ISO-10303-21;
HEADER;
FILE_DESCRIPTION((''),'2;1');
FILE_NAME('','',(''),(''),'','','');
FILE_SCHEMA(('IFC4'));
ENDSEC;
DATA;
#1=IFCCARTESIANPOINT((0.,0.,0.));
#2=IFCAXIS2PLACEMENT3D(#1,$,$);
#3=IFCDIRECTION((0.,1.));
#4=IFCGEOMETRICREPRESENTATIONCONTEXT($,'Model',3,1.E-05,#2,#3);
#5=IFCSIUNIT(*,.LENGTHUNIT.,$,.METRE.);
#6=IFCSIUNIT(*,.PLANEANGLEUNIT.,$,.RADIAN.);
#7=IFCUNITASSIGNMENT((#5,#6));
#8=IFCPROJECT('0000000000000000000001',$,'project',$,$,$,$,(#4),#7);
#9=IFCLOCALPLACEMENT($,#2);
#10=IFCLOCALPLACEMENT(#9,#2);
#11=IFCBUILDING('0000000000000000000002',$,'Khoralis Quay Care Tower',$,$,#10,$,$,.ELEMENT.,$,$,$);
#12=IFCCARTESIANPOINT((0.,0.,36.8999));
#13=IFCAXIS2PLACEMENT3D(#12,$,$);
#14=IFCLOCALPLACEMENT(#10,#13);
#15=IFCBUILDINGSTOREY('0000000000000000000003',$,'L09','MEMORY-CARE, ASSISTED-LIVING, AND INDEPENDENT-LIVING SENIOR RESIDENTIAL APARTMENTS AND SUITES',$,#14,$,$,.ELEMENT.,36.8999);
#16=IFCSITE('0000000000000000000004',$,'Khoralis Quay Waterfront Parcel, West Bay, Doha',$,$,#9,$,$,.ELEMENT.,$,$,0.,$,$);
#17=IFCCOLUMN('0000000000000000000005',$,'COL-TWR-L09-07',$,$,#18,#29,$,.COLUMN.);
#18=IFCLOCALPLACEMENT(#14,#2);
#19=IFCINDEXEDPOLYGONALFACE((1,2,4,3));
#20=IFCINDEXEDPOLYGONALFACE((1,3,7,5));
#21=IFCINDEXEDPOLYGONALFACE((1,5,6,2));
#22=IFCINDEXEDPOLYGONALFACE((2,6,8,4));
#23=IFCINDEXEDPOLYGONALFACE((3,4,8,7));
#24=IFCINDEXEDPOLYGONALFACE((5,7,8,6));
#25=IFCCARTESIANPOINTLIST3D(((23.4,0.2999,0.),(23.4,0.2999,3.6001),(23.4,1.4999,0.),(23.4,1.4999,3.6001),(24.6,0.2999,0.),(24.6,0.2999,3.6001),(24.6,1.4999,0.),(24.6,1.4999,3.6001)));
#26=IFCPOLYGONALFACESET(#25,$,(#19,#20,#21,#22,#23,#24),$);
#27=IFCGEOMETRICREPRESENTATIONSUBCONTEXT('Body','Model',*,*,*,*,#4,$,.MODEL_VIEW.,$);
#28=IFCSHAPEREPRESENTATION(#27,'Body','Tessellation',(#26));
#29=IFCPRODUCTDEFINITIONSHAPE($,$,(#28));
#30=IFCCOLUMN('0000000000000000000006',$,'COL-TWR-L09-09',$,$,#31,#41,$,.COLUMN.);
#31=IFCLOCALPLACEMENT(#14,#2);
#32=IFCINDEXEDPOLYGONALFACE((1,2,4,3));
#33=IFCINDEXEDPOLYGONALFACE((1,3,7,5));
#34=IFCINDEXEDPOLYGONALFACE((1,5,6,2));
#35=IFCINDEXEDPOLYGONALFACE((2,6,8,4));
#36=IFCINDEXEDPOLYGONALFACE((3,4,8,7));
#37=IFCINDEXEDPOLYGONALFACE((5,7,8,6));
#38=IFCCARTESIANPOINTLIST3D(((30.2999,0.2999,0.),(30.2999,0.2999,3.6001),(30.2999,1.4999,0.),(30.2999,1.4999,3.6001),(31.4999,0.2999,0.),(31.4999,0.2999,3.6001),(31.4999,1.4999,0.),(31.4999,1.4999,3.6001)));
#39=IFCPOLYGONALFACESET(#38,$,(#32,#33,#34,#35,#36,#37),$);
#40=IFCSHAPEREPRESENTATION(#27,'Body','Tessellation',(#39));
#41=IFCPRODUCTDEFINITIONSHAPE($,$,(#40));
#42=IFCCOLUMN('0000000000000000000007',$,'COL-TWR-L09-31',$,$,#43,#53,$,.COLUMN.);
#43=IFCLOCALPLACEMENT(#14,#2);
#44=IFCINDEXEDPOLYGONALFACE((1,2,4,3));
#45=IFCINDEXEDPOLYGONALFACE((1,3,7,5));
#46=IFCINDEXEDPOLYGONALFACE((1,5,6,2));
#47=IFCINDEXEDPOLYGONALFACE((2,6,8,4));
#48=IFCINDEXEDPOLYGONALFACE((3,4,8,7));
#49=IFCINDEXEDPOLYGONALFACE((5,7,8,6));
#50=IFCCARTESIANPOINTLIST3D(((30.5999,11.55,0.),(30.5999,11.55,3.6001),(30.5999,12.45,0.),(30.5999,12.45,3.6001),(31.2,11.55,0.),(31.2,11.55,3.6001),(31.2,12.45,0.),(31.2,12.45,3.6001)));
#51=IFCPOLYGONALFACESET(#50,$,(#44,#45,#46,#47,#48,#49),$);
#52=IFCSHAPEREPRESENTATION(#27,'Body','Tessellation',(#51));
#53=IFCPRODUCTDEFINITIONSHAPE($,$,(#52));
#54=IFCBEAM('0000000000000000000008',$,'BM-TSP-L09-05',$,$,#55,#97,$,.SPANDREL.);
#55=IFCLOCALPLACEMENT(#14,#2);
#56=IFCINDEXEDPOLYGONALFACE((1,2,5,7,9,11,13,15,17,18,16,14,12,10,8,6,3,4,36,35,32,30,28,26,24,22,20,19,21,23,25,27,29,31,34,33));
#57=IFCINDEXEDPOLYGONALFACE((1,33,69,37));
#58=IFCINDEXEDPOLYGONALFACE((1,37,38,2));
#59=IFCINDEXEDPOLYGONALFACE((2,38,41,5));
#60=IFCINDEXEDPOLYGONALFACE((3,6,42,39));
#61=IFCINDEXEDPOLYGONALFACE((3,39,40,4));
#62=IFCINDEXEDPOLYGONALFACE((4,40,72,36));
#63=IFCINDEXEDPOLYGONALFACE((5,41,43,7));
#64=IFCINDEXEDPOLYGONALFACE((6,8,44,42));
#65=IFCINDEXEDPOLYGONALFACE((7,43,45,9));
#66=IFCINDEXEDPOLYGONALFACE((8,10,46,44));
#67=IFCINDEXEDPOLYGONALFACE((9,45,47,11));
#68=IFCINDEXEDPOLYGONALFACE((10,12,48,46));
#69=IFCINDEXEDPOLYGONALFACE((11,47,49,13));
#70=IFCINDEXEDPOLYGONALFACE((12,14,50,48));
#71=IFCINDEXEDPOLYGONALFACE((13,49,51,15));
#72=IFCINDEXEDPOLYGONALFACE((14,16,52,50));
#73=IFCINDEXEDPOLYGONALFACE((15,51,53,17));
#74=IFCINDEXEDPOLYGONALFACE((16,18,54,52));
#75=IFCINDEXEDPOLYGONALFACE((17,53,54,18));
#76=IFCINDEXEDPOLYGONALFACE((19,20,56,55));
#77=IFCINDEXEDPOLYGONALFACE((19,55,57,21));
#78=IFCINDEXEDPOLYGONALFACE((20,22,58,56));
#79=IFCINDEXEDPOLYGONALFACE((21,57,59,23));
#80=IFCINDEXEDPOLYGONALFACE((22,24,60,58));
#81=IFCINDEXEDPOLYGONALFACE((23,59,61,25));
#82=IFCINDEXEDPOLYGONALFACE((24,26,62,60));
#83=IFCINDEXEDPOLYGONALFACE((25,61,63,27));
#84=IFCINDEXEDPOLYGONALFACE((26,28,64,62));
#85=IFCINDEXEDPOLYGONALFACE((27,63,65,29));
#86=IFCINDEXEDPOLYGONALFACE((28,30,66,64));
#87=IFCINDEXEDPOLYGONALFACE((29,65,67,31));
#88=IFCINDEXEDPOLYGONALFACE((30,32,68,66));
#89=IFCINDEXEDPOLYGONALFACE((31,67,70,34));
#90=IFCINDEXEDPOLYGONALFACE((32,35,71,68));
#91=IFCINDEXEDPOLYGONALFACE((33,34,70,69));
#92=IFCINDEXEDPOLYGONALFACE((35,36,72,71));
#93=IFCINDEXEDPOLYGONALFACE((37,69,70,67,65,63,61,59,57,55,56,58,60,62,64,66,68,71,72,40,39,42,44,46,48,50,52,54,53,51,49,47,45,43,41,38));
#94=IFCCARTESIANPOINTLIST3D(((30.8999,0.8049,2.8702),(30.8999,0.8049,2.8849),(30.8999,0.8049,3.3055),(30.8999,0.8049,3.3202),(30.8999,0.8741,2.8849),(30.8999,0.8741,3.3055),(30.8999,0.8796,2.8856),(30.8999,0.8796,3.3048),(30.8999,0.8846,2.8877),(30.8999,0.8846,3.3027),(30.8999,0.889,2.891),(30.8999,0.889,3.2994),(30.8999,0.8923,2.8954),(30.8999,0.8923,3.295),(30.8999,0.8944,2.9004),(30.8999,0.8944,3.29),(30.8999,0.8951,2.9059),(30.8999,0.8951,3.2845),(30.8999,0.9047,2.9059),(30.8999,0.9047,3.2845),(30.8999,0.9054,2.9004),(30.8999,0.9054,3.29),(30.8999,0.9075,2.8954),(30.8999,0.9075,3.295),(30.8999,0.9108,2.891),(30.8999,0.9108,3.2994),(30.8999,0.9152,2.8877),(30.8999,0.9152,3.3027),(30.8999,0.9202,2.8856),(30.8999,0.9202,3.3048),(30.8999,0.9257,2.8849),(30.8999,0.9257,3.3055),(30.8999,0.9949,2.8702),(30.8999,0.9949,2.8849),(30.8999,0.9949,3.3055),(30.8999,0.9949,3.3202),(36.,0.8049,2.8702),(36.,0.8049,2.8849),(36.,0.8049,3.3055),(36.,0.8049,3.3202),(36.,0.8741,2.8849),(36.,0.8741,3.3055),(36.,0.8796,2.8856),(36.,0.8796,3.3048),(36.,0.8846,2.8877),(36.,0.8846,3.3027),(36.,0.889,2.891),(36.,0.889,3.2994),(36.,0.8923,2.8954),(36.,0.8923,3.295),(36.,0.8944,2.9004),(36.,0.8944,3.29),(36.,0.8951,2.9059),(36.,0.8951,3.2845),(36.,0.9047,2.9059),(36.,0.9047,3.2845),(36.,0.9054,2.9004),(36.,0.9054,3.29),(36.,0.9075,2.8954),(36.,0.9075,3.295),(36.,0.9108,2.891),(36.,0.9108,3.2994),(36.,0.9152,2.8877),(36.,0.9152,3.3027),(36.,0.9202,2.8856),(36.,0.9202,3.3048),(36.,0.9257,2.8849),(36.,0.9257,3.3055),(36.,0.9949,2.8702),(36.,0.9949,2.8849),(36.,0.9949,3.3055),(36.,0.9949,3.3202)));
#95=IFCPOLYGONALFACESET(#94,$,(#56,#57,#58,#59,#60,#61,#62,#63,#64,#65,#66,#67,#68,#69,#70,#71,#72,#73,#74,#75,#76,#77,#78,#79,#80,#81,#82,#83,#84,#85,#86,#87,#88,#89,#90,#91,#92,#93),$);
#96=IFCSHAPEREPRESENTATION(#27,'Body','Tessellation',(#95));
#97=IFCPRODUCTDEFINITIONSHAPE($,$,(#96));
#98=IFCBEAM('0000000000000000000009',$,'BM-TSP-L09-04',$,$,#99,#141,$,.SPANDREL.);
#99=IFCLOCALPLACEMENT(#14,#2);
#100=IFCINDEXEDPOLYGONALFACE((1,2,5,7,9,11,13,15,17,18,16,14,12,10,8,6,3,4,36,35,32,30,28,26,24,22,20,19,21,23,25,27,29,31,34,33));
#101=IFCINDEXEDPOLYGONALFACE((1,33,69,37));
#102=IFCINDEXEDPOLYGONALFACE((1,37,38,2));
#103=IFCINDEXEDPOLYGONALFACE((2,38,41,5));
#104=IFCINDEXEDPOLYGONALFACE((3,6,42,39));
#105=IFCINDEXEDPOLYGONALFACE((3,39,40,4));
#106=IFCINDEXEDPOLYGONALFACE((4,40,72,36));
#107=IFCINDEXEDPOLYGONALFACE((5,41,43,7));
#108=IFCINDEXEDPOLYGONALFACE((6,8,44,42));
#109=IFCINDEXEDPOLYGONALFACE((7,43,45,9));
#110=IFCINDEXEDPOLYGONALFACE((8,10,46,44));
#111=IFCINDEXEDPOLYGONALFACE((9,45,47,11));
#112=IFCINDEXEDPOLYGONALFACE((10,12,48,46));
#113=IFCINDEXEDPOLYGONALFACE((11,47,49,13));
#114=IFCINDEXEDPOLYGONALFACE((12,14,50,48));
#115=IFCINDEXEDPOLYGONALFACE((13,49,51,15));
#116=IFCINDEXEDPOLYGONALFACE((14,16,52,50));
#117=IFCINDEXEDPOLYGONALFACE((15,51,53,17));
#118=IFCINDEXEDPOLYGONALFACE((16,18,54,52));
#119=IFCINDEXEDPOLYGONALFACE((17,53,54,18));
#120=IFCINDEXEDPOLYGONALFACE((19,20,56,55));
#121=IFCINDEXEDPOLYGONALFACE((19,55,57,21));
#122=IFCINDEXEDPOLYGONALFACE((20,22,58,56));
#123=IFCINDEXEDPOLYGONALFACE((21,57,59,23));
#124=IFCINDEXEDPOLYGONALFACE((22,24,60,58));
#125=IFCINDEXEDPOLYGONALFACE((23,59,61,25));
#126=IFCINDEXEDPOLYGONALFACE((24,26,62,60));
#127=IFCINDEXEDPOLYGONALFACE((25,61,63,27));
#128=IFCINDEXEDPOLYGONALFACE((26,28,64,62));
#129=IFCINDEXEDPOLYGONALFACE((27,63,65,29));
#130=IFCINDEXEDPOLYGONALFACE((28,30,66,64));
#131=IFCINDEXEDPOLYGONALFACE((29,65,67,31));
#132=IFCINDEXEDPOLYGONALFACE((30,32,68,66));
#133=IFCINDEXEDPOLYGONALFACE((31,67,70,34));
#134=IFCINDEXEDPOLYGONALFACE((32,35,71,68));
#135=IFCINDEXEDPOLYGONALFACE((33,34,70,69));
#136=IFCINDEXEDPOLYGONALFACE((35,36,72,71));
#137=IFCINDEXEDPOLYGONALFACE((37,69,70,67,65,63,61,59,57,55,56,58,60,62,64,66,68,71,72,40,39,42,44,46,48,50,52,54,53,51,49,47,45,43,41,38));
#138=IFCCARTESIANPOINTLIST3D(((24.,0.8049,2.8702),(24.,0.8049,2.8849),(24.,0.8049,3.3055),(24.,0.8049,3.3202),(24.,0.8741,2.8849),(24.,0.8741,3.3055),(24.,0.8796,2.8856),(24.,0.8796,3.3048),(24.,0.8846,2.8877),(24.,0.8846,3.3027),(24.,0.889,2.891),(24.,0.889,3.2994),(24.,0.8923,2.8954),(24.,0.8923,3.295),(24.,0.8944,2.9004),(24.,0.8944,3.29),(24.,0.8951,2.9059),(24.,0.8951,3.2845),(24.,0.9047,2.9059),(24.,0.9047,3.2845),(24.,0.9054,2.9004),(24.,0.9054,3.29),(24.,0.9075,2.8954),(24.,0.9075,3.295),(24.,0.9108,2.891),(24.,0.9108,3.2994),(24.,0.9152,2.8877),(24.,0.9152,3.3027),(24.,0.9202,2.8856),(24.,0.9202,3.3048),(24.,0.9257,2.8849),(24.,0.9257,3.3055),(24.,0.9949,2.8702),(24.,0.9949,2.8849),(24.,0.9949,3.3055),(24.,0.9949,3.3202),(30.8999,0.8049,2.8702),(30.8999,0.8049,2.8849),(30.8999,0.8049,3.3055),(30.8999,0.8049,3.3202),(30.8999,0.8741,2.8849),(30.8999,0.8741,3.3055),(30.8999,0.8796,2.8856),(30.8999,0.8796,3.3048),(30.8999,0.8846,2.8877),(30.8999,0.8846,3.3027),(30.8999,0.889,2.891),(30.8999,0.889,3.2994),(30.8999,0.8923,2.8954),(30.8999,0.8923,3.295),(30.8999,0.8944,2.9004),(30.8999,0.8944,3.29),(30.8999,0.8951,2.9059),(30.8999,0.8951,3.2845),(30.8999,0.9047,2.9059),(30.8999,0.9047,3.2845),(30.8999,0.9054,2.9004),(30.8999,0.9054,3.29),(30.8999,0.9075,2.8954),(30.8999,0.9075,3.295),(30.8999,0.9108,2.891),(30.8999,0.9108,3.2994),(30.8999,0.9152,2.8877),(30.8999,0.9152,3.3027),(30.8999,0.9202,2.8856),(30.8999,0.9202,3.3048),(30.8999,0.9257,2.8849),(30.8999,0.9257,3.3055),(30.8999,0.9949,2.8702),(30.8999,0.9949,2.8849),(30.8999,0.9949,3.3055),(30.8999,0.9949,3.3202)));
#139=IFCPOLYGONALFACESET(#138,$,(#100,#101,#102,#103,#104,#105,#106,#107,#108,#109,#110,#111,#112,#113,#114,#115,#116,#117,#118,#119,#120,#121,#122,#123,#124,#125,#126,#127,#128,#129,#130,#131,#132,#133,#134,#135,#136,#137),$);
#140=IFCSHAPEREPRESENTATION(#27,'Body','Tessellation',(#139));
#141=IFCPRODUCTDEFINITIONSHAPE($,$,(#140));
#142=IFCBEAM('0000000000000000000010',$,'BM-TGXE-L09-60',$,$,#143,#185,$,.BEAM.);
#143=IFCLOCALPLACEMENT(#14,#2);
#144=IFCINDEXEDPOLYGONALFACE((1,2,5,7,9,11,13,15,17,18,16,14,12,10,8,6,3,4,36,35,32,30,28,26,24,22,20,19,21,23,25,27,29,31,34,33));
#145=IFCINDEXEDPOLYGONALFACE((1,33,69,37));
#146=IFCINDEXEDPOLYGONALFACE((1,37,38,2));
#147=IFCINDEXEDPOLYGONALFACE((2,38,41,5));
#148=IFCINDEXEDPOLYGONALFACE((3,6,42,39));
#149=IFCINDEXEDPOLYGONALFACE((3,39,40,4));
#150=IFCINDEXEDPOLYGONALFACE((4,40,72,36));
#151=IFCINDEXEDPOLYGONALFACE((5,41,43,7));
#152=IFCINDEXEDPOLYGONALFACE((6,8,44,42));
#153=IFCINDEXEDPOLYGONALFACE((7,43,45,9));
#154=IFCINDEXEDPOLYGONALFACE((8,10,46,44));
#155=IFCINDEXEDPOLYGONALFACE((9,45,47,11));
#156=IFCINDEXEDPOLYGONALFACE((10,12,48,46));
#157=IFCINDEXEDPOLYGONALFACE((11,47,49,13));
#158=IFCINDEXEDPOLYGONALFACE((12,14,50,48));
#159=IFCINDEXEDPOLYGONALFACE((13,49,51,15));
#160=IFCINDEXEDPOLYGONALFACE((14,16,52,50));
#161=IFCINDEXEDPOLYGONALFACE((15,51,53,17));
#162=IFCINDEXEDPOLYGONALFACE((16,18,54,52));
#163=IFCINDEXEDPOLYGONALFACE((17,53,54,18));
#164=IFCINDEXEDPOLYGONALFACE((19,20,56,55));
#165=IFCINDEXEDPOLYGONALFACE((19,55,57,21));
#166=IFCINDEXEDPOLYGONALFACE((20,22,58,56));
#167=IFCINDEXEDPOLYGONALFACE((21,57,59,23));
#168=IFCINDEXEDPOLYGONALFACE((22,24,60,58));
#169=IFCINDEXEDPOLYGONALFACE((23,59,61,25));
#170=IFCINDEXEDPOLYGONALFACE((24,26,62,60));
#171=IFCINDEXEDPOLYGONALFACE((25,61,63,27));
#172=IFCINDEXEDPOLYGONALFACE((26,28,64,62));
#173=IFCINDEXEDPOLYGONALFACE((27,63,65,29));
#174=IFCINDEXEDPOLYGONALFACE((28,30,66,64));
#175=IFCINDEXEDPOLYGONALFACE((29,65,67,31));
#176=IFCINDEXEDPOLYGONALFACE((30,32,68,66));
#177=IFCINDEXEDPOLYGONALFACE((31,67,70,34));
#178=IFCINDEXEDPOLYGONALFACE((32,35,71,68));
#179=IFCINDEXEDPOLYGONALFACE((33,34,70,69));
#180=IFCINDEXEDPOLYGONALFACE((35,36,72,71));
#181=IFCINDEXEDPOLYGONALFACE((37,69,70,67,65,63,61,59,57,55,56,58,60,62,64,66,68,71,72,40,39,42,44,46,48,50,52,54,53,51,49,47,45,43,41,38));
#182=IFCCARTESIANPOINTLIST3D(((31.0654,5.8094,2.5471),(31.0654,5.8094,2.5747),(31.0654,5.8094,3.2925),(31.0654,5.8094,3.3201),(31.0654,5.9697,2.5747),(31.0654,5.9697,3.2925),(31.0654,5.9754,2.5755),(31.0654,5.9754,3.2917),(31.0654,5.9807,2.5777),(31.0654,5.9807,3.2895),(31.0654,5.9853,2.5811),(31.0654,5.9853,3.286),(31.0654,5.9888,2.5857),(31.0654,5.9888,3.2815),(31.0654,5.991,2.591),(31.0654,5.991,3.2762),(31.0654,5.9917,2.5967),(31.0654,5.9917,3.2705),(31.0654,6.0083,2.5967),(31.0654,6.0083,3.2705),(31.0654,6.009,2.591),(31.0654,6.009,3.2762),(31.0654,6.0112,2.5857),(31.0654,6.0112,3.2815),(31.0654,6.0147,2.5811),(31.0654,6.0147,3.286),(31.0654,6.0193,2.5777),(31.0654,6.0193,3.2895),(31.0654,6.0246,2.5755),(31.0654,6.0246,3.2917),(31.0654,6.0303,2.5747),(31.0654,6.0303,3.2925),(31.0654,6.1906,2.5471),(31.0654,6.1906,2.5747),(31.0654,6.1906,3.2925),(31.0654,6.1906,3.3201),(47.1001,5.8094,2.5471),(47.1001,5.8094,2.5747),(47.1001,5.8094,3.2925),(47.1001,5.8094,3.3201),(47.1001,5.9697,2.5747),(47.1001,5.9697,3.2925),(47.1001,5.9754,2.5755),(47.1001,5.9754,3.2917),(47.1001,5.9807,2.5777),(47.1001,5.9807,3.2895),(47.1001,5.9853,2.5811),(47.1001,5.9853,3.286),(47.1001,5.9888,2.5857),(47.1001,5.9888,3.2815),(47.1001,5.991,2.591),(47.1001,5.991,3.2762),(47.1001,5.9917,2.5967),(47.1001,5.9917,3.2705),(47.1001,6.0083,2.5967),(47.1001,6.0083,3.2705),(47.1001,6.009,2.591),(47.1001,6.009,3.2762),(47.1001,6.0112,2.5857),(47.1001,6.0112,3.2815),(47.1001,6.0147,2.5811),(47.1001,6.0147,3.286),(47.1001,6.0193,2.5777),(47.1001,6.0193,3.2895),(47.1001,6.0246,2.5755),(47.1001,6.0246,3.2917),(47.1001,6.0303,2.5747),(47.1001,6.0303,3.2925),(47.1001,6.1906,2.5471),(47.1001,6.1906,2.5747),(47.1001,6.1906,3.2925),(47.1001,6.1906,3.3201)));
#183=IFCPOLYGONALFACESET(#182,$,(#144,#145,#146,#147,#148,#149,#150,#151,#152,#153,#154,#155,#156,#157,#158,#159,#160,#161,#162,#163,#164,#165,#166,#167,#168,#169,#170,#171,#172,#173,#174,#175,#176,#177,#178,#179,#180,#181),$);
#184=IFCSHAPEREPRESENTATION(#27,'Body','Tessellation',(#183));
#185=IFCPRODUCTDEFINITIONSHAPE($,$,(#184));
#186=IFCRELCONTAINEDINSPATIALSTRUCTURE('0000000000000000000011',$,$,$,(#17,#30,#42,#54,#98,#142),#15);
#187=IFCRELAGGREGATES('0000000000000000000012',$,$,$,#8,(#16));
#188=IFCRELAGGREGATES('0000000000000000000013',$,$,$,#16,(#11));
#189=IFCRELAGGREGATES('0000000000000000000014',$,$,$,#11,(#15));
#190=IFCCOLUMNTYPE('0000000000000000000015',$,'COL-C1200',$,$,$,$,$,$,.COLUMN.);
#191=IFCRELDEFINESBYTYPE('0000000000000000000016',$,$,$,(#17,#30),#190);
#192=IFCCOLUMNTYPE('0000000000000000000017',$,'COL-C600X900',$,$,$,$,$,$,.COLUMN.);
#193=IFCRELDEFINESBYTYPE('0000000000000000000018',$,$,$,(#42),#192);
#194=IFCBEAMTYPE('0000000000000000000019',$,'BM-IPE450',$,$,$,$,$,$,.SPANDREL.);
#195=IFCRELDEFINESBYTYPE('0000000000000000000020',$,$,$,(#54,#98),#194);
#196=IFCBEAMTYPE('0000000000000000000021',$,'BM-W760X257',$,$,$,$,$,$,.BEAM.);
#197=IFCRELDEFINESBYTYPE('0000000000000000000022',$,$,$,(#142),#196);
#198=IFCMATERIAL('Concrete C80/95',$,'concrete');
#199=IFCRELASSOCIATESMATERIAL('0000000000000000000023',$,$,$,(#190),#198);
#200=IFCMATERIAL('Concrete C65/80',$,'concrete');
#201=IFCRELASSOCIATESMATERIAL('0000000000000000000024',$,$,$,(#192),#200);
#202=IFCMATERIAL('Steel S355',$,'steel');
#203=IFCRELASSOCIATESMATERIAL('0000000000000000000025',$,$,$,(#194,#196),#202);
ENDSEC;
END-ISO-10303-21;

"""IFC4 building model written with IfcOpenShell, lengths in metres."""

from ifc_helpers import new_model, si_unit, direction, frame, origin, origin_2d, place, context, subcontext, project, spatial, rectangle, i_section, extrude, source, transform, mapped, material, material_profile, profile_set, type_object, element, save


model = new_model("IFC4")

# Units and contexts
model_context = context("Model", 3, precision=1e-05, world=origin(), true_north=direction((0.0, 1.0)))
body_context = subcontext(model_context, "Body", "Model", "MODEL_VIEW")
ifc_project = project(units=[si_unit("LENGTHUNIT", "METRE"), si_unit("PLANEANGLEUNIT", "RADIAN")], contexts=[model_context])

# Site, building, storey
site_placement = place(None, origin())
site = spatial("IfcSite", under=ifc_project, at=site_placement, Name="Khoralis Quay Waterfront Parcel, West Bay, Doha", CompositionType="ELEMENT", RefElevation=0.0)
building_placement = place(site_placement, origin())
building = spatial("IfcBuilding", under=site, at=building_placement, Name="Khoralis Quay Care Tower", CompositionType="ELEMENT")
storey_placement = place(building_placement, frame((0.0, 0.0, 36.8999)))
storey = spatial("IfcBuildingStorey", under=building, at=storey_placement, Name="L09", Description="MEMORY-CARE, ASSISTED-LIVING, AND INDEPENDENT-LIVING SENIOR RESIDENTIAL APARTMENTS AND SUITES", CompositionType="ELEMENT", Elevation=36.8999)

# Columns
ifc_material_1 = material(Name="Concrete C80/95", Category="concrete")
ifc_material_profile_1 = material_profile(ifc_material_1, rectangle(XDim=1.2, YDim=1.2, at=origin_2d()), Name="Concrete C80/95")
ifc_profile_set_1 = profile_set([ifc_material_profile_1], Name="Concrete C80/95")
column_type_1 = type_object("IfcColumnType", Name="COL-C1200", PredefinedType="COLUMN", material=ifc_profile_set_1)
shared_shape_1 = source(origin(), body_context, "Body", "SweptSolid", [
    extrude(rectangle(XDim=1.2, YDim=1.2, at=origin_2d()), origin(), (0.0, 0.0, 1.0), 3.6001),
])
for number, where, z_axis, x_axis, name in (
    (1, (24.0, 0.8999, 0.0), (0.0, 0.0, 1.0), (1.0, 0.0, 0.0), "COL-TWR-L09-07"),
    (2, (30.8999, 0.8999, 0.0), (0.0, 0.0, 1.0), (1.0, 0.0, 0.0), "COL-TWR-L09-09"),
):
    element("IfcColumn", number, at=place(storey_placement, frame(where, z_axis=z_axis, x_axis=x_axis)), inside=storey, type_object=column_type_1, Name=name, PredefinedType="COLUMN", context=body_context, shape_type="MappedRepresentation", body=[
        mapped(shared_shape_1, transform((0.0, 0.0, 0.0), scale=1.0)),
    ])
ifc_material_2 = material(Name="Concrete C65/80", Category="concrete")
ifc_material_profile_2 = material_profile(ifc_material_2, rectangle(XDim=0.6001, YDim=0.8999, at=origin_2d()), Name="Concrete C65/80")
ifc_profile_set_2 = profile_set([ifc_material_profile_2], Name="Concrete C65/80")
column_type_2 = type_object("IfcColumnType", Name="COL-C600X900", PredefinedType="COLUMN", material=ifc_profile_set_2)
shared_shape_2 = source(origin(), body_context, "Body", "SweptSolid", [
    extrude(rectangle(XDim=0.6001, YDim=0.8999, at=origin_2d()), origin(), (0.0, 0.0, 1.0), 3.6001),
])
column_placement = place(storey_placement, frame((30.8999, 12.0, 0.0), z_axis=(0.0, 0.0, 1.0), x_axis=(1.0, 0.0, 0.0)))
element("IfcColumn", 3, at=column_placement, inside=storey, type_object=column_type_2, Name="COL-TWR-L09-31", PredefinedType="COLUMN", context=body_context, shape_type="MappedRepresentation", body=[
    mapped(shared_shape_2, transform((0.0, 0.0, 0.0), scale=1.0)),
])

# Beams
ifc_material_3 = material(Name="Steel S355", Category="steel")
ifc_material_profile_3 = material_profile(ifc_material_3, i_section(OverallWidth=0.1899, OverallDepth=0.45, WebThickness=0.0095, FlangeThickness=0.0146, FilletRadius=0.021, at=origin_2d()), Name="Steel S355")
ifc_profile_set_3 = profile_set([ifc_material_profile_3], Name="Steel S355")
beam_type_1 = type_object("IfcBeamType", Name="BM-IPE450", PredefinedType="SPANDREL", material=ifc_profile_set_3)
shared_shape_3 = source(origin(), body_context, "Body", "SweptSolid", [
    extrude(i_section(OverallWidth=0.1899, OverallDepth=0.45, WebThickness=0.0095, FlangeThickness=0.0146, FilletRadius=0.021, at=origin_2d()), origin(), (0.0, 0.0, 1.0), 5.1001),
])
beam_1_placement = place(storey_placement, frame((30.8999, 0.8999, 3.0952), z_axis=(1.0, 0.0, 0.0), x_axis=(0.0, 1.0, 0.0)))
element("IfcBeam", 4, at=beam_1_placement, inside=storey, type_object=beam_type_1, Name="BM-TSP-L09-05", PredefinedType="SPANDREL", context=body_context, shape_type="MappedRepresentation", body=[
    mapped(shared_shape_3, transform((0.0, 0.0, 0.0), scale=1.0)),
])
shared_shape_4 = source(origin(), body_context, "Body", "SweptSolid", [
    extrude(i_section(OverallWidth=0.1899, OverallDepth=0.45, WebThickness=0.0095, FlangeThickness=0.0146, FilletRadius=0.021, at=origin_2d()), origin(), (0.0, 0.0, 1.0), 6.8999),
])
beam_2_placement = place(storey_placement, frame((24.0, 0.8999, 3.0952), z_axis=(1.0, 0.0, 0.0), x_axis=(0.0, 1.0, 0.0)))
element("IfcBeam", 5, at=beam_2_placement, inside=storey, type_object=beam_type_1, Name="BM-TSP-L09-04", PredefinedType="SPANDREL", context=body_context, shape_type="MappedRepresentation", body=[
    mapped(shared_shape_4, transform((0.0, 0.0, 0.0), scale=1.0)),
])
ifc_material_profile_4 = material_profile(ifc_material_3, i_section(OverallWidth=0.3811, OverallDepth=0.7729, WebThickness=0.0166, FlangeThickness=0.0276, FilletRadius=0.022, at=origin_2d()), Name="Steel S355")
ifc_profile_set_4 = profile_set([ifc_material_profile_4], Name="Steel S355")
beam_type_2 = type_object("IfcBeamType", Name="BM-W760X257", PredefinedType="BEAM", material=ifc_profile_set_4)
shared_shape_5 = source(origin(), body_context, "Body", "SweptSolid", [
    extrude(i_section(OverallWidth=0.3811, OverallDepth=0.7729, WebThickness=0.0166, FlangeThickness=0.0276, FilletRadius=0.022, at=origin_2d()), origin(), (0.0, 0.0, 1.0), 16.0347),
])
beam_3_placement = place(storey_placement, frame((31.0654, 6.0, 2.9336), z_axis=(1.0, 0.0, 0.0), x_axis=(0.0, 1.0, 0.0)))
element("IfcBeam", 6, at=beam_3_placement, inside=storey, type_object=beam_type_2, Name="BM-TGXE-L09-60", PredefinedType="BEAM", context=body_context, shape_type="MappedRepresentation", body=[
    mapped(shared_shape_5, transform((0.0, 0.0, 0.0), scale=1.0)),
])

save(model, "model.ifc")
